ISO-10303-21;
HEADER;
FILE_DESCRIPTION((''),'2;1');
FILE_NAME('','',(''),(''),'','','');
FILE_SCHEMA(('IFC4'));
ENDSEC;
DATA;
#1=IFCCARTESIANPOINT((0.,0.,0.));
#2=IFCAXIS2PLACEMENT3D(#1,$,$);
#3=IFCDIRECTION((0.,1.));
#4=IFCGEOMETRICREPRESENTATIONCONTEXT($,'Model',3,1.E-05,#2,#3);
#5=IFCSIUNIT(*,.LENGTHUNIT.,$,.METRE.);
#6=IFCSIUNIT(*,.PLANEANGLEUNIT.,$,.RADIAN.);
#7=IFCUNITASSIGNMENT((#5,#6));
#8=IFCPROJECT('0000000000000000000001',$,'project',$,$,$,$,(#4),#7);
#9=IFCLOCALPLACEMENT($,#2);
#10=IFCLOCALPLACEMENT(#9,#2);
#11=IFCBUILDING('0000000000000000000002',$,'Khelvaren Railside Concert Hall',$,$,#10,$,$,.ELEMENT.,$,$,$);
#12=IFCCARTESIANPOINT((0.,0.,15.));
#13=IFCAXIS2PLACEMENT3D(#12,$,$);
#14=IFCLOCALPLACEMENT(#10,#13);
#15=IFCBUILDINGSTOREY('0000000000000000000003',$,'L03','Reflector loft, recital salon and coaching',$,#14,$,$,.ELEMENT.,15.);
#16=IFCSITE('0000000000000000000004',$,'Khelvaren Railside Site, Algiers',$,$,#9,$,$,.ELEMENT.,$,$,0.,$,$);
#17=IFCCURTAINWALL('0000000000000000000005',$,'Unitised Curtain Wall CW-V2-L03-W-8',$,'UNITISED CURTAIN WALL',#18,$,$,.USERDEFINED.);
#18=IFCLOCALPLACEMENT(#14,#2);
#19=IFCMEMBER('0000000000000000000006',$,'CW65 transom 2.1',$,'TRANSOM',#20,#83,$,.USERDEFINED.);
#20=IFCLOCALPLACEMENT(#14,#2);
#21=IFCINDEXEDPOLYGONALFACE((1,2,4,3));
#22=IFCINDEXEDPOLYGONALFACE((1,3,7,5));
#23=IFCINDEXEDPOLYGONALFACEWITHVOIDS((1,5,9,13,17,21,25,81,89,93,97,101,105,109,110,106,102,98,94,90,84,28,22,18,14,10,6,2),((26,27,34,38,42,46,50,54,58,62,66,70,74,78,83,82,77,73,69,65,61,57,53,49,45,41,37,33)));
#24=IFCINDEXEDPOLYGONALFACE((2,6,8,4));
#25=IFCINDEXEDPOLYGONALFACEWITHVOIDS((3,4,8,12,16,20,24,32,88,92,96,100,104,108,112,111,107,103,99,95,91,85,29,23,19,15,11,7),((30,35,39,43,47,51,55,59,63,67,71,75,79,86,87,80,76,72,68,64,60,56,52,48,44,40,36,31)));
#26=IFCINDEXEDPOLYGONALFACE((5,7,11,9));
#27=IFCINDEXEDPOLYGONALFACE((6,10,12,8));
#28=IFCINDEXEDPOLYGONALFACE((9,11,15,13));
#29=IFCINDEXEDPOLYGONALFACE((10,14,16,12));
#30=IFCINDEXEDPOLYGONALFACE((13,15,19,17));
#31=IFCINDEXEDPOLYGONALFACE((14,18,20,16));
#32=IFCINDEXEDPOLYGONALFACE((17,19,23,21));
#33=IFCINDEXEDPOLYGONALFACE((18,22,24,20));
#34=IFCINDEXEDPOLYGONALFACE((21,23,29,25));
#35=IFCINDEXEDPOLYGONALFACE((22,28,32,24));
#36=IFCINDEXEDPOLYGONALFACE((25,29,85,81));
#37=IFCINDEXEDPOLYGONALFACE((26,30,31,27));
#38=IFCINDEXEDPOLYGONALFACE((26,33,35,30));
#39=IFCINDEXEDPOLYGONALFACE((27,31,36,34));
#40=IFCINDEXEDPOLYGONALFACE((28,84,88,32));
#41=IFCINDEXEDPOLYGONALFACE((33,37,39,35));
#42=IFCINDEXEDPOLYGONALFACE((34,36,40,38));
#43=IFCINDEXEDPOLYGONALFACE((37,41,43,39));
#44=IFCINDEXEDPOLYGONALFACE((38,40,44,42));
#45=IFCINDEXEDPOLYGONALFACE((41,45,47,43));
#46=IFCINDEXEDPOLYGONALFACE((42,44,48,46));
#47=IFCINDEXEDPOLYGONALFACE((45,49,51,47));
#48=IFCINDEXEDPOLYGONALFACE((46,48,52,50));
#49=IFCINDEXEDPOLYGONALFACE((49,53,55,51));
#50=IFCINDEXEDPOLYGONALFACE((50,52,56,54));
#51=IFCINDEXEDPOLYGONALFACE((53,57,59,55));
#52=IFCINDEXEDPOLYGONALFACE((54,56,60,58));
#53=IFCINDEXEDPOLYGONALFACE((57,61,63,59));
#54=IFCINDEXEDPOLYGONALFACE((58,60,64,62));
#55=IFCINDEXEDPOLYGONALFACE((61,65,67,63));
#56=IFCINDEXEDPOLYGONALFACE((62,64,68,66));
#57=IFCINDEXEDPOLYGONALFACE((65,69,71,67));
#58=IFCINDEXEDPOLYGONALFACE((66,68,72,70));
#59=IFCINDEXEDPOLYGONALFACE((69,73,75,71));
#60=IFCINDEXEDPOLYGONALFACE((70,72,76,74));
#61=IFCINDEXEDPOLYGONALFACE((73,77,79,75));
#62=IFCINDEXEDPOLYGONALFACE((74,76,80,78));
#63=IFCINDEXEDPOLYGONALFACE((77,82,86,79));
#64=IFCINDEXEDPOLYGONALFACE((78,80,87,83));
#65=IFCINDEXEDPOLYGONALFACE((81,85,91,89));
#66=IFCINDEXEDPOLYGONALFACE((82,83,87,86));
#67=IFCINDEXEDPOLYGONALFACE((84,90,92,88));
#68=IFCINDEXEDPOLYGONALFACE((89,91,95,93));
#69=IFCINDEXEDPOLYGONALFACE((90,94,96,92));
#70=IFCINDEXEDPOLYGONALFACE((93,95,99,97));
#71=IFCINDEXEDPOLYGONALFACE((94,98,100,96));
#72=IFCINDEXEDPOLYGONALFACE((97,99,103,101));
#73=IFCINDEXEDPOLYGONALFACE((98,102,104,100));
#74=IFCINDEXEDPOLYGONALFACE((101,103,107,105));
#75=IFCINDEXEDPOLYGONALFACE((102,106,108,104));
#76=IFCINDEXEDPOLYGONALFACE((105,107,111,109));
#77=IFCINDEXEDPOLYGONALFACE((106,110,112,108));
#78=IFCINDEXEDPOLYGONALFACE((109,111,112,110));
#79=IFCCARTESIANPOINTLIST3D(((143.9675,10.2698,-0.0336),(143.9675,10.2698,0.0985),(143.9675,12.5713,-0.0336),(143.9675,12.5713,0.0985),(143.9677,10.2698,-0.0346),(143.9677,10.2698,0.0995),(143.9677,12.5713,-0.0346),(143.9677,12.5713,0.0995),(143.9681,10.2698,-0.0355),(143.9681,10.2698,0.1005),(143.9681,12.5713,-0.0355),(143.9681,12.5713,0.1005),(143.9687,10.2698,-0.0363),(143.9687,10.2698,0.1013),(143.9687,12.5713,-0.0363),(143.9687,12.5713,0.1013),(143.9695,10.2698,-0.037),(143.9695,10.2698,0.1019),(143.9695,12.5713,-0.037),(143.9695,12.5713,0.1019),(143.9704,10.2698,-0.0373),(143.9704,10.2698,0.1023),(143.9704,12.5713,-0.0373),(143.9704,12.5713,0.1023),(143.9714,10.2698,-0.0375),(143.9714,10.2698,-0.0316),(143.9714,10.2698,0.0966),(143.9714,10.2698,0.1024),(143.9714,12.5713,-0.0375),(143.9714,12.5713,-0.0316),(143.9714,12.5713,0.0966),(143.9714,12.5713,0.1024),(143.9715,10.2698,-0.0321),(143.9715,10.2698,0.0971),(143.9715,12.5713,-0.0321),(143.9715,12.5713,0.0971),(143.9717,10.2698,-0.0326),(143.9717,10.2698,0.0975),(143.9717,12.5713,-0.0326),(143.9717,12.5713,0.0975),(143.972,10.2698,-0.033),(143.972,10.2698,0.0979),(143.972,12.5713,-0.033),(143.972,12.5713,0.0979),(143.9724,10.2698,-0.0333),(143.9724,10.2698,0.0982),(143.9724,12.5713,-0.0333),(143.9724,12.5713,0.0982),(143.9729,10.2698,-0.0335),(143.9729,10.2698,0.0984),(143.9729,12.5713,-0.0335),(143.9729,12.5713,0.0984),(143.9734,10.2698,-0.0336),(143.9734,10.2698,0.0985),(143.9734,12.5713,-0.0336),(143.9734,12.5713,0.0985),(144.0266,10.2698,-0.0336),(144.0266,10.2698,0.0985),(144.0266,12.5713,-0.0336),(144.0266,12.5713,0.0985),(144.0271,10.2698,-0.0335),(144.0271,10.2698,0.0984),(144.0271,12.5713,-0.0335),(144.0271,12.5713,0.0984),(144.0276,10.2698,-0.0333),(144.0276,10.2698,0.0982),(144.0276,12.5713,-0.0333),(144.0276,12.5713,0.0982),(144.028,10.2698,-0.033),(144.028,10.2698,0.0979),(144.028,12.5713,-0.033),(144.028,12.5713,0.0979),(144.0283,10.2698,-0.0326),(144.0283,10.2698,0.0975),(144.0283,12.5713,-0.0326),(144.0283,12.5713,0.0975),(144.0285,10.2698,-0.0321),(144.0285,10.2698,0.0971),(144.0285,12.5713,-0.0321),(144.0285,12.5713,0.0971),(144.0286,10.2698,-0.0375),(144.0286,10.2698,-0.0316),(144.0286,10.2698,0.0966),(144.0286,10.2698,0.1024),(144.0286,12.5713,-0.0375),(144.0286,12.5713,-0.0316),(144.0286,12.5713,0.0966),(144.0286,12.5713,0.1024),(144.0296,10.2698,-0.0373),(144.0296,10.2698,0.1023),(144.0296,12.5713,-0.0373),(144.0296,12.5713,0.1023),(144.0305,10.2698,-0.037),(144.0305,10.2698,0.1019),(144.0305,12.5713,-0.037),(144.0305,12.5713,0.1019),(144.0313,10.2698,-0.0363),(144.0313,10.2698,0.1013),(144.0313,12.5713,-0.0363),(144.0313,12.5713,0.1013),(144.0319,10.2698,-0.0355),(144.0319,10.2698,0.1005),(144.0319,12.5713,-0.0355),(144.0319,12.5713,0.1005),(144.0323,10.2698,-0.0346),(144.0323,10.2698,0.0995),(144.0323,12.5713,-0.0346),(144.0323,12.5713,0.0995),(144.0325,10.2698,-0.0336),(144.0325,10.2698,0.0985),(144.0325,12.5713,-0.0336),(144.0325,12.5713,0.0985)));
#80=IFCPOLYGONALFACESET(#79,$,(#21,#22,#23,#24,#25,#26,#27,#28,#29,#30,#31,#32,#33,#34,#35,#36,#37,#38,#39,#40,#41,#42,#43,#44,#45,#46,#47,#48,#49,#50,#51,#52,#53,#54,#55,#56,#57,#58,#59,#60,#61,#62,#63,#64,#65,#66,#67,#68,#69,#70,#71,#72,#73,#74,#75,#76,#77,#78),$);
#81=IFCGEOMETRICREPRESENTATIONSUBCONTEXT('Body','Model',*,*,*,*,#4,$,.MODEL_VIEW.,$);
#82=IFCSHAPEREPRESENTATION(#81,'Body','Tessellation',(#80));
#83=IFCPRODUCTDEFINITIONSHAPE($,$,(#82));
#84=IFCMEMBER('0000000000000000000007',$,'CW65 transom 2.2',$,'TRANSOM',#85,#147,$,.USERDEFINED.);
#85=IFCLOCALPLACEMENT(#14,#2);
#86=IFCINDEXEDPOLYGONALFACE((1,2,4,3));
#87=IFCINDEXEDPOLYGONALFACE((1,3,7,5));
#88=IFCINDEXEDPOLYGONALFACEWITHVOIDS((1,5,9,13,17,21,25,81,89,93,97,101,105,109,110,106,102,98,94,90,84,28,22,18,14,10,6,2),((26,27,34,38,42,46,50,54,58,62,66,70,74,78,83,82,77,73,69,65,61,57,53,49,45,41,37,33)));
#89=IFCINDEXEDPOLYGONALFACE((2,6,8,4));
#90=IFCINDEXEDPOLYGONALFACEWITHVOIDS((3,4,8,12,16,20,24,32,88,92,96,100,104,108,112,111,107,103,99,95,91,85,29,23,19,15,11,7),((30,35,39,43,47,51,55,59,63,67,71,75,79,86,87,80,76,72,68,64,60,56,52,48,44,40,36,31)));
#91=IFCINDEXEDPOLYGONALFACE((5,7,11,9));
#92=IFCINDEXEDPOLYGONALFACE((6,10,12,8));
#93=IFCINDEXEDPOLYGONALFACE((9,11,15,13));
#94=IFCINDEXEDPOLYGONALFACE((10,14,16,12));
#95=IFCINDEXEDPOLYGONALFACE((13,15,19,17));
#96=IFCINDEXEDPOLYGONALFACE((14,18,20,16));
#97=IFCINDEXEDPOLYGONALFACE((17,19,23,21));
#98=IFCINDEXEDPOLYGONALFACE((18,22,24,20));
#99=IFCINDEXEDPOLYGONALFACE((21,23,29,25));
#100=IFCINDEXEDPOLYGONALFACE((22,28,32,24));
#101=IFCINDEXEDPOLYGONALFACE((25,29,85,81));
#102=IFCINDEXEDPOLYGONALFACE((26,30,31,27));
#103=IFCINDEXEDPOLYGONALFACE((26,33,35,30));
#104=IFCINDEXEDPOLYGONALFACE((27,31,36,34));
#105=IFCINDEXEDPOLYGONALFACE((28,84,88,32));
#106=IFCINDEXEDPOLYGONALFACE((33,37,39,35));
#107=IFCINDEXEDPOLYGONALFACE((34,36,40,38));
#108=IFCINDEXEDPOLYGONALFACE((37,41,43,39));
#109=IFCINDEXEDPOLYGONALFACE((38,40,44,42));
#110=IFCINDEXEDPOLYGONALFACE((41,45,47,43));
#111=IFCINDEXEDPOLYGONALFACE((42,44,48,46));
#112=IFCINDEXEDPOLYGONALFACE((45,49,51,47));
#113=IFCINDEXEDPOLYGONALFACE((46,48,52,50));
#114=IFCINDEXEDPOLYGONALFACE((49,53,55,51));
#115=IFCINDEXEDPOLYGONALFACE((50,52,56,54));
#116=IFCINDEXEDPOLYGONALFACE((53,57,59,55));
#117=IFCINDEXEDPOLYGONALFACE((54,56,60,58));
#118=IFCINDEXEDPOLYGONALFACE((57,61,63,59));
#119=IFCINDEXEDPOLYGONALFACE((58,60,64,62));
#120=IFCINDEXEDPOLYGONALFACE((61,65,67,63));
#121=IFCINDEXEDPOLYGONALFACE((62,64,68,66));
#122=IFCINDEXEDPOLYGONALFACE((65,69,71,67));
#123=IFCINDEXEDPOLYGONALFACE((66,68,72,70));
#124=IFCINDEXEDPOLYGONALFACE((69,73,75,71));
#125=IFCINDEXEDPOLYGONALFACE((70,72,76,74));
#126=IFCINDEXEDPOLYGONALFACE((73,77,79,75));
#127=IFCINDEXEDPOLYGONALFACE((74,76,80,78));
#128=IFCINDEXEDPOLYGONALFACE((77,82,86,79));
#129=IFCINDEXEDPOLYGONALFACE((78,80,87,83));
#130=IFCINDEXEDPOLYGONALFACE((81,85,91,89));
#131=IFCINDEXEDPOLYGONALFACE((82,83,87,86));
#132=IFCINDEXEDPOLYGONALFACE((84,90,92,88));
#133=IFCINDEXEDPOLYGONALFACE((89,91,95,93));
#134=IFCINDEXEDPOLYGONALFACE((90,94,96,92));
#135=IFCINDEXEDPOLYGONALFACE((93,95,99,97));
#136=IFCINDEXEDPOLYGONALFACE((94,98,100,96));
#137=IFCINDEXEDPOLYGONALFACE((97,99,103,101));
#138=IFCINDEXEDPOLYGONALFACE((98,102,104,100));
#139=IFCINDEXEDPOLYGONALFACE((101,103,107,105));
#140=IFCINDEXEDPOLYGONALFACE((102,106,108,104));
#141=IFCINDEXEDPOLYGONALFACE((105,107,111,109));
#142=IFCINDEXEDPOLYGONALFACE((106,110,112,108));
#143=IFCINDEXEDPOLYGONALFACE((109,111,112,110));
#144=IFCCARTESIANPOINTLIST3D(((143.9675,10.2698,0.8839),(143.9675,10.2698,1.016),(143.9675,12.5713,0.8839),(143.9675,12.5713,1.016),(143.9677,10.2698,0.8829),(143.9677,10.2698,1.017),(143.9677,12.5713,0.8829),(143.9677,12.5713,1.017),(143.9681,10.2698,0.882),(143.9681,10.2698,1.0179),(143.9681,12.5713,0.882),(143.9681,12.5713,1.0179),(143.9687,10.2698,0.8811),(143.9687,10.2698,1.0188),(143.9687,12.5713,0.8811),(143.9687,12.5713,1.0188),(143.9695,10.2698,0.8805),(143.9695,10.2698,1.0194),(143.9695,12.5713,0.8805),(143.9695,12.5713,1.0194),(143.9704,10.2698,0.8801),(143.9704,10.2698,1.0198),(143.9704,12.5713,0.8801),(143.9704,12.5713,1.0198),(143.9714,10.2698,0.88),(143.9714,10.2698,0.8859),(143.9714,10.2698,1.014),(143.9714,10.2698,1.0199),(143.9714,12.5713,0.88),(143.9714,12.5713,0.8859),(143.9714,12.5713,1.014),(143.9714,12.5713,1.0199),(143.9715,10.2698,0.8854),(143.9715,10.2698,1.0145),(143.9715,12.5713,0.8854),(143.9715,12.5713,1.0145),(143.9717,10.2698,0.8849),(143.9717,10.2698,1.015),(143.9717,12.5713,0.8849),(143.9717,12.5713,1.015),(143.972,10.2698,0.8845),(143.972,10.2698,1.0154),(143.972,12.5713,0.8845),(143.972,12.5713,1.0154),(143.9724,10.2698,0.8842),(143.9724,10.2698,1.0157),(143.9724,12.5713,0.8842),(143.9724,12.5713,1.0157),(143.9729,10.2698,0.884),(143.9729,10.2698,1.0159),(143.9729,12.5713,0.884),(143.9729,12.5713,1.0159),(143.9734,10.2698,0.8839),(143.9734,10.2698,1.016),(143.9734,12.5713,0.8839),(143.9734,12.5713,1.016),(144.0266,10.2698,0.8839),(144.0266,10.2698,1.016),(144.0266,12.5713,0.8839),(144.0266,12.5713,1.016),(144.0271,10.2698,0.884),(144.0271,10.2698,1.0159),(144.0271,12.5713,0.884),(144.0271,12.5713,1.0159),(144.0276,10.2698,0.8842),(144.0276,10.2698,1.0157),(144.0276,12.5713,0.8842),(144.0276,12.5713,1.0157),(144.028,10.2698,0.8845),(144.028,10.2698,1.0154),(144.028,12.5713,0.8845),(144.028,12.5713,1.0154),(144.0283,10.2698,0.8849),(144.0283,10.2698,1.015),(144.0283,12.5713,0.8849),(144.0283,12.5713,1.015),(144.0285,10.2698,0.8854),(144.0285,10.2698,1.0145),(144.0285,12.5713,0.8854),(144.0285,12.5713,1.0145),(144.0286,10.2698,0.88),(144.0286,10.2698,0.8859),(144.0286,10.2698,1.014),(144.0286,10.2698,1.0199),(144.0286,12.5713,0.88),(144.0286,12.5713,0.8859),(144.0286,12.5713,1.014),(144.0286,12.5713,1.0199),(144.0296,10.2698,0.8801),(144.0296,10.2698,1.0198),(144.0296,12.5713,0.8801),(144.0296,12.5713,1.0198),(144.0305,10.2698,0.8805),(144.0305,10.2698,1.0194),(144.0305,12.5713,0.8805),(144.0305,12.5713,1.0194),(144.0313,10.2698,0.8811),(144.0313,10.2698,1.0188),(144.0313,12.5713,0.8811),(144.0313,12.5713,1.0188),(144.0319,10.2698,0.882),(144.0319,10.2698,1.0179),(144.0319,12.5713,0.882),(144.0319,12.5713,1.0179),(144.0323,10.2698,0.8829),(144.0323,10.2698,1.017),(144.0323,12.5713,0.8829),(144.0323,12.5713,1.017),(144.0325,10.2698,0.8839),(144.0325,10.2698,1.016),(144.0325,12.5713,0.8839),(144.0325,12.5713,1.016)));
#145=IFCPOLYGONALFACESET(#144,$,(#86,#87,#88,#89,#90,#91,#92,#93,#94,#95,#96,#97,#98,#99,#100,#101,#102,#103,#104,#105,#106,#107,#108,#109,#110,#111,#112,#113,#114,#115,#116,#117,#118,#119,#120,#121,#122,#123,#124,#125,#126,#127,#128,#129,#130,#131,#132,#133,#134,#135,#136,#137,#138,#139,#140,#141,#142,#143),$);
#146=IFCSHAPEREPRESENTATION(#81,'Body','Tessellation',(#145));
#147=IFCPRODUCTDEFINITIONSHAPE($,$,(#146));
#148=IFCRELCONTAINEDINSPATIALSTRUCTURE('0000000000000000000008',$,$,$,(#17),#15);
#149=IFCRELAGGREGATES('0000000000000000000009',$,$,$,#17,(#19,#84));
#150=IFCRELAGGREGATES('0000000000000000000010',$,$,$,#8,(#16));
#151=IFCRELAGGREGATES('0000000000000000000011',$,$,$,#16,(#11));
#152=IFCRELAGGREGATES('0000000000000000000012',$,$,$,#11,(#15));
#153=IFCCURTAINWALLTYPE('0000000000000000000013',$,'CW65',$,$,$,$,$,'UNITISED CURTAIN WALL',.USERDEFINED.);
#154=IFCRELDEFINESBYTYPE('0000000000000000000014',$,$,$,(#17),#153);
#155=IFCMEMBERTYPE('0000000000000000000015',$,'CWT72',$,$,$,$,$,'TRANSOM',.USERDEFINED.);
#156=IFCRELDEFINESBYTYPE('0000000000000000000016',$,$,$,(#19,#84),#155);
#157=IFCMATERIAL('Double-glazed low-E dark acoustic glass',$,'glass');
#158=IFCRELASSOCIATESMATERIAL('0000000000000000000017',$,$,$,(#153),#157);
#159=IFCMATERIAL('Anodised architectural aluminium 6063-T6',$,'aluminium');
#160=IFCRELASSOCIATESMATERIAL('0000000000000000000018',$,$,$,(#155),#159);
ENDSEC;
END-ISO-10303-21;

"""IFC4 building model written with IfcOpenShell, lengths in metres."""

from ifc_helpers import new_model, si_unit, direction, frame, origin, origin_2d, place, context, subcontext, project, spatial, hollow_rectangle, extrude, material, material_profile, profile_set, type_object, element, aggregate, save


model = new_model("IFC4")

# Units and contexts
model_context = context("Model", 3, precision=1e-05, world=origin(), true_north=direction((0.0, 1.0)))
body_context = subcontext(model_context, "Body", "Model", "MODEL_VIEW")
ifc_project = project(units=[si_unit("LENGTHUNIT", "METRE"), si_unit("PLANEANGLEUNIT", "RADIAN")], contexts=[model_context])

# Site, building, storey
site_placement = place(None, origin())
site = spatial("IfcSite", under=ifc_project, at=site_placement, Name="Khelvaren Railside Site, Algiers", CompositionType="ELEMENT", RefElevation=0.0)
building_placement = place(site_placement, origin())
building = spatial("IfcBuilding", under=site, at=building_placement, Name="Khelvaren Railside Concert Hall", CompositionType="ELEMENT")
storey_placement = place(building_placement, frame((0.0, 0.0, 15.0)))
storey = spatial("IfcBuildingStorey", under=building, at=storey_placement, Name="L03", Description="Reflector loft, recital salon and coaching", CompositionType="ELEMENT", Elevation=15.0)

# Shared definitions
ifc_material_1 = material(Name="Anodised architectural aluminium 6063-T6", Category="aluminium")

# Curtain wall, members
ifc_material_2 = material(Name="Double-glazed low-E dark acoustic glass", Category="glass")
curtain_wall_type_1 = type_object("IfcCurtainWallType", Name="CW65", ElementType="UNITISED CURTAIN WALL", PredefinedType="USERDEFINED", material=ifc_material_2)
curtain_wall_1_placement = place(storey_placement, origin())
curtain_wall_1 = element("IfcCurtainWall", 1, at=curtain_wall_1_placement, inside=storey, type_object=curtain_wall_type_1, Name="Unitised Curtain Wall CW-V2-L03-W-8", ObjectType="UNITISED CURTAIN WALL", PredefinedType="USERDEFINED")
ifc_material_profile_1 = material_profile(ifc_material_1, hollow_rectangle(XDim=0.0649, YDim=0.1399, WallThickness=0.0039, InnerFilletRadius=0.002, OuterFilletRadius=0.0039, at=origin_2d()), Name="CWT 65x140x4")
ifc_profile_set_1 = profile_set([ifc_material_profile_1], Name="Anodised architectural aluminium 6063-T6")
member_type_1 = type_object("IfcMemberType", Name="CWT72", ElementType="TRANSOM", PredefinedType="USERDEFINED", material=ifc_profile_set_1)
member_1_placement = place(storey_placement, frame((144.0, 10.2698, 0.0325), z_axis=(0.0, 1.0, 0.0), x_axis=(-1.0, 0.0, 0.0)))
member_1 = element("IfcMember", 2, at=member_1_placement, type_object=member_type_1, Name="CW65 transom 2.1", ObjectType="TRANSOM", PredefinedType="USERDEFINED", context=body_context, shape_type="SweptSolid", body=[
    extrude(hollow_rectangle(XDim=0.0649, YDim=0.1399, WallThickness=0.0039, InnerFilletRadius=0.002, OuterFilletRadius=0.0039, at=origin_2d()), origin(), (0.0, 0.0, 1.0), 2.3015),
])
member_2_placement = place(storey_placement, frame((144.0, 10.2698, 0.95), z_axis=(0.0, 1.0, 0.0), x_axis=(-1.0, 0.0, 0.0)))
member_2 = element("IfcMember", 3, at=member_2_placement, type_object=member_type_1, Name="CW65 transom 2.2", ObjectType="TRANSOM", PredefinedType="USERDEFINED", context=body_context, shape_type="SweptSolid", body=[
    extrude(hollow_rectangle(XDim=0.0649, YDim=0.1399, WallThickness=0.0039, InnerFilletRadius=0.002, OuterFilletRadius=0.0039, at=origin_2d()), origin(), (0.0, 0.0, 1.0), 2.3015),
])

aggregate(curtain_wall_1, [member_1, member_2])

save(model, "model.ifc")
